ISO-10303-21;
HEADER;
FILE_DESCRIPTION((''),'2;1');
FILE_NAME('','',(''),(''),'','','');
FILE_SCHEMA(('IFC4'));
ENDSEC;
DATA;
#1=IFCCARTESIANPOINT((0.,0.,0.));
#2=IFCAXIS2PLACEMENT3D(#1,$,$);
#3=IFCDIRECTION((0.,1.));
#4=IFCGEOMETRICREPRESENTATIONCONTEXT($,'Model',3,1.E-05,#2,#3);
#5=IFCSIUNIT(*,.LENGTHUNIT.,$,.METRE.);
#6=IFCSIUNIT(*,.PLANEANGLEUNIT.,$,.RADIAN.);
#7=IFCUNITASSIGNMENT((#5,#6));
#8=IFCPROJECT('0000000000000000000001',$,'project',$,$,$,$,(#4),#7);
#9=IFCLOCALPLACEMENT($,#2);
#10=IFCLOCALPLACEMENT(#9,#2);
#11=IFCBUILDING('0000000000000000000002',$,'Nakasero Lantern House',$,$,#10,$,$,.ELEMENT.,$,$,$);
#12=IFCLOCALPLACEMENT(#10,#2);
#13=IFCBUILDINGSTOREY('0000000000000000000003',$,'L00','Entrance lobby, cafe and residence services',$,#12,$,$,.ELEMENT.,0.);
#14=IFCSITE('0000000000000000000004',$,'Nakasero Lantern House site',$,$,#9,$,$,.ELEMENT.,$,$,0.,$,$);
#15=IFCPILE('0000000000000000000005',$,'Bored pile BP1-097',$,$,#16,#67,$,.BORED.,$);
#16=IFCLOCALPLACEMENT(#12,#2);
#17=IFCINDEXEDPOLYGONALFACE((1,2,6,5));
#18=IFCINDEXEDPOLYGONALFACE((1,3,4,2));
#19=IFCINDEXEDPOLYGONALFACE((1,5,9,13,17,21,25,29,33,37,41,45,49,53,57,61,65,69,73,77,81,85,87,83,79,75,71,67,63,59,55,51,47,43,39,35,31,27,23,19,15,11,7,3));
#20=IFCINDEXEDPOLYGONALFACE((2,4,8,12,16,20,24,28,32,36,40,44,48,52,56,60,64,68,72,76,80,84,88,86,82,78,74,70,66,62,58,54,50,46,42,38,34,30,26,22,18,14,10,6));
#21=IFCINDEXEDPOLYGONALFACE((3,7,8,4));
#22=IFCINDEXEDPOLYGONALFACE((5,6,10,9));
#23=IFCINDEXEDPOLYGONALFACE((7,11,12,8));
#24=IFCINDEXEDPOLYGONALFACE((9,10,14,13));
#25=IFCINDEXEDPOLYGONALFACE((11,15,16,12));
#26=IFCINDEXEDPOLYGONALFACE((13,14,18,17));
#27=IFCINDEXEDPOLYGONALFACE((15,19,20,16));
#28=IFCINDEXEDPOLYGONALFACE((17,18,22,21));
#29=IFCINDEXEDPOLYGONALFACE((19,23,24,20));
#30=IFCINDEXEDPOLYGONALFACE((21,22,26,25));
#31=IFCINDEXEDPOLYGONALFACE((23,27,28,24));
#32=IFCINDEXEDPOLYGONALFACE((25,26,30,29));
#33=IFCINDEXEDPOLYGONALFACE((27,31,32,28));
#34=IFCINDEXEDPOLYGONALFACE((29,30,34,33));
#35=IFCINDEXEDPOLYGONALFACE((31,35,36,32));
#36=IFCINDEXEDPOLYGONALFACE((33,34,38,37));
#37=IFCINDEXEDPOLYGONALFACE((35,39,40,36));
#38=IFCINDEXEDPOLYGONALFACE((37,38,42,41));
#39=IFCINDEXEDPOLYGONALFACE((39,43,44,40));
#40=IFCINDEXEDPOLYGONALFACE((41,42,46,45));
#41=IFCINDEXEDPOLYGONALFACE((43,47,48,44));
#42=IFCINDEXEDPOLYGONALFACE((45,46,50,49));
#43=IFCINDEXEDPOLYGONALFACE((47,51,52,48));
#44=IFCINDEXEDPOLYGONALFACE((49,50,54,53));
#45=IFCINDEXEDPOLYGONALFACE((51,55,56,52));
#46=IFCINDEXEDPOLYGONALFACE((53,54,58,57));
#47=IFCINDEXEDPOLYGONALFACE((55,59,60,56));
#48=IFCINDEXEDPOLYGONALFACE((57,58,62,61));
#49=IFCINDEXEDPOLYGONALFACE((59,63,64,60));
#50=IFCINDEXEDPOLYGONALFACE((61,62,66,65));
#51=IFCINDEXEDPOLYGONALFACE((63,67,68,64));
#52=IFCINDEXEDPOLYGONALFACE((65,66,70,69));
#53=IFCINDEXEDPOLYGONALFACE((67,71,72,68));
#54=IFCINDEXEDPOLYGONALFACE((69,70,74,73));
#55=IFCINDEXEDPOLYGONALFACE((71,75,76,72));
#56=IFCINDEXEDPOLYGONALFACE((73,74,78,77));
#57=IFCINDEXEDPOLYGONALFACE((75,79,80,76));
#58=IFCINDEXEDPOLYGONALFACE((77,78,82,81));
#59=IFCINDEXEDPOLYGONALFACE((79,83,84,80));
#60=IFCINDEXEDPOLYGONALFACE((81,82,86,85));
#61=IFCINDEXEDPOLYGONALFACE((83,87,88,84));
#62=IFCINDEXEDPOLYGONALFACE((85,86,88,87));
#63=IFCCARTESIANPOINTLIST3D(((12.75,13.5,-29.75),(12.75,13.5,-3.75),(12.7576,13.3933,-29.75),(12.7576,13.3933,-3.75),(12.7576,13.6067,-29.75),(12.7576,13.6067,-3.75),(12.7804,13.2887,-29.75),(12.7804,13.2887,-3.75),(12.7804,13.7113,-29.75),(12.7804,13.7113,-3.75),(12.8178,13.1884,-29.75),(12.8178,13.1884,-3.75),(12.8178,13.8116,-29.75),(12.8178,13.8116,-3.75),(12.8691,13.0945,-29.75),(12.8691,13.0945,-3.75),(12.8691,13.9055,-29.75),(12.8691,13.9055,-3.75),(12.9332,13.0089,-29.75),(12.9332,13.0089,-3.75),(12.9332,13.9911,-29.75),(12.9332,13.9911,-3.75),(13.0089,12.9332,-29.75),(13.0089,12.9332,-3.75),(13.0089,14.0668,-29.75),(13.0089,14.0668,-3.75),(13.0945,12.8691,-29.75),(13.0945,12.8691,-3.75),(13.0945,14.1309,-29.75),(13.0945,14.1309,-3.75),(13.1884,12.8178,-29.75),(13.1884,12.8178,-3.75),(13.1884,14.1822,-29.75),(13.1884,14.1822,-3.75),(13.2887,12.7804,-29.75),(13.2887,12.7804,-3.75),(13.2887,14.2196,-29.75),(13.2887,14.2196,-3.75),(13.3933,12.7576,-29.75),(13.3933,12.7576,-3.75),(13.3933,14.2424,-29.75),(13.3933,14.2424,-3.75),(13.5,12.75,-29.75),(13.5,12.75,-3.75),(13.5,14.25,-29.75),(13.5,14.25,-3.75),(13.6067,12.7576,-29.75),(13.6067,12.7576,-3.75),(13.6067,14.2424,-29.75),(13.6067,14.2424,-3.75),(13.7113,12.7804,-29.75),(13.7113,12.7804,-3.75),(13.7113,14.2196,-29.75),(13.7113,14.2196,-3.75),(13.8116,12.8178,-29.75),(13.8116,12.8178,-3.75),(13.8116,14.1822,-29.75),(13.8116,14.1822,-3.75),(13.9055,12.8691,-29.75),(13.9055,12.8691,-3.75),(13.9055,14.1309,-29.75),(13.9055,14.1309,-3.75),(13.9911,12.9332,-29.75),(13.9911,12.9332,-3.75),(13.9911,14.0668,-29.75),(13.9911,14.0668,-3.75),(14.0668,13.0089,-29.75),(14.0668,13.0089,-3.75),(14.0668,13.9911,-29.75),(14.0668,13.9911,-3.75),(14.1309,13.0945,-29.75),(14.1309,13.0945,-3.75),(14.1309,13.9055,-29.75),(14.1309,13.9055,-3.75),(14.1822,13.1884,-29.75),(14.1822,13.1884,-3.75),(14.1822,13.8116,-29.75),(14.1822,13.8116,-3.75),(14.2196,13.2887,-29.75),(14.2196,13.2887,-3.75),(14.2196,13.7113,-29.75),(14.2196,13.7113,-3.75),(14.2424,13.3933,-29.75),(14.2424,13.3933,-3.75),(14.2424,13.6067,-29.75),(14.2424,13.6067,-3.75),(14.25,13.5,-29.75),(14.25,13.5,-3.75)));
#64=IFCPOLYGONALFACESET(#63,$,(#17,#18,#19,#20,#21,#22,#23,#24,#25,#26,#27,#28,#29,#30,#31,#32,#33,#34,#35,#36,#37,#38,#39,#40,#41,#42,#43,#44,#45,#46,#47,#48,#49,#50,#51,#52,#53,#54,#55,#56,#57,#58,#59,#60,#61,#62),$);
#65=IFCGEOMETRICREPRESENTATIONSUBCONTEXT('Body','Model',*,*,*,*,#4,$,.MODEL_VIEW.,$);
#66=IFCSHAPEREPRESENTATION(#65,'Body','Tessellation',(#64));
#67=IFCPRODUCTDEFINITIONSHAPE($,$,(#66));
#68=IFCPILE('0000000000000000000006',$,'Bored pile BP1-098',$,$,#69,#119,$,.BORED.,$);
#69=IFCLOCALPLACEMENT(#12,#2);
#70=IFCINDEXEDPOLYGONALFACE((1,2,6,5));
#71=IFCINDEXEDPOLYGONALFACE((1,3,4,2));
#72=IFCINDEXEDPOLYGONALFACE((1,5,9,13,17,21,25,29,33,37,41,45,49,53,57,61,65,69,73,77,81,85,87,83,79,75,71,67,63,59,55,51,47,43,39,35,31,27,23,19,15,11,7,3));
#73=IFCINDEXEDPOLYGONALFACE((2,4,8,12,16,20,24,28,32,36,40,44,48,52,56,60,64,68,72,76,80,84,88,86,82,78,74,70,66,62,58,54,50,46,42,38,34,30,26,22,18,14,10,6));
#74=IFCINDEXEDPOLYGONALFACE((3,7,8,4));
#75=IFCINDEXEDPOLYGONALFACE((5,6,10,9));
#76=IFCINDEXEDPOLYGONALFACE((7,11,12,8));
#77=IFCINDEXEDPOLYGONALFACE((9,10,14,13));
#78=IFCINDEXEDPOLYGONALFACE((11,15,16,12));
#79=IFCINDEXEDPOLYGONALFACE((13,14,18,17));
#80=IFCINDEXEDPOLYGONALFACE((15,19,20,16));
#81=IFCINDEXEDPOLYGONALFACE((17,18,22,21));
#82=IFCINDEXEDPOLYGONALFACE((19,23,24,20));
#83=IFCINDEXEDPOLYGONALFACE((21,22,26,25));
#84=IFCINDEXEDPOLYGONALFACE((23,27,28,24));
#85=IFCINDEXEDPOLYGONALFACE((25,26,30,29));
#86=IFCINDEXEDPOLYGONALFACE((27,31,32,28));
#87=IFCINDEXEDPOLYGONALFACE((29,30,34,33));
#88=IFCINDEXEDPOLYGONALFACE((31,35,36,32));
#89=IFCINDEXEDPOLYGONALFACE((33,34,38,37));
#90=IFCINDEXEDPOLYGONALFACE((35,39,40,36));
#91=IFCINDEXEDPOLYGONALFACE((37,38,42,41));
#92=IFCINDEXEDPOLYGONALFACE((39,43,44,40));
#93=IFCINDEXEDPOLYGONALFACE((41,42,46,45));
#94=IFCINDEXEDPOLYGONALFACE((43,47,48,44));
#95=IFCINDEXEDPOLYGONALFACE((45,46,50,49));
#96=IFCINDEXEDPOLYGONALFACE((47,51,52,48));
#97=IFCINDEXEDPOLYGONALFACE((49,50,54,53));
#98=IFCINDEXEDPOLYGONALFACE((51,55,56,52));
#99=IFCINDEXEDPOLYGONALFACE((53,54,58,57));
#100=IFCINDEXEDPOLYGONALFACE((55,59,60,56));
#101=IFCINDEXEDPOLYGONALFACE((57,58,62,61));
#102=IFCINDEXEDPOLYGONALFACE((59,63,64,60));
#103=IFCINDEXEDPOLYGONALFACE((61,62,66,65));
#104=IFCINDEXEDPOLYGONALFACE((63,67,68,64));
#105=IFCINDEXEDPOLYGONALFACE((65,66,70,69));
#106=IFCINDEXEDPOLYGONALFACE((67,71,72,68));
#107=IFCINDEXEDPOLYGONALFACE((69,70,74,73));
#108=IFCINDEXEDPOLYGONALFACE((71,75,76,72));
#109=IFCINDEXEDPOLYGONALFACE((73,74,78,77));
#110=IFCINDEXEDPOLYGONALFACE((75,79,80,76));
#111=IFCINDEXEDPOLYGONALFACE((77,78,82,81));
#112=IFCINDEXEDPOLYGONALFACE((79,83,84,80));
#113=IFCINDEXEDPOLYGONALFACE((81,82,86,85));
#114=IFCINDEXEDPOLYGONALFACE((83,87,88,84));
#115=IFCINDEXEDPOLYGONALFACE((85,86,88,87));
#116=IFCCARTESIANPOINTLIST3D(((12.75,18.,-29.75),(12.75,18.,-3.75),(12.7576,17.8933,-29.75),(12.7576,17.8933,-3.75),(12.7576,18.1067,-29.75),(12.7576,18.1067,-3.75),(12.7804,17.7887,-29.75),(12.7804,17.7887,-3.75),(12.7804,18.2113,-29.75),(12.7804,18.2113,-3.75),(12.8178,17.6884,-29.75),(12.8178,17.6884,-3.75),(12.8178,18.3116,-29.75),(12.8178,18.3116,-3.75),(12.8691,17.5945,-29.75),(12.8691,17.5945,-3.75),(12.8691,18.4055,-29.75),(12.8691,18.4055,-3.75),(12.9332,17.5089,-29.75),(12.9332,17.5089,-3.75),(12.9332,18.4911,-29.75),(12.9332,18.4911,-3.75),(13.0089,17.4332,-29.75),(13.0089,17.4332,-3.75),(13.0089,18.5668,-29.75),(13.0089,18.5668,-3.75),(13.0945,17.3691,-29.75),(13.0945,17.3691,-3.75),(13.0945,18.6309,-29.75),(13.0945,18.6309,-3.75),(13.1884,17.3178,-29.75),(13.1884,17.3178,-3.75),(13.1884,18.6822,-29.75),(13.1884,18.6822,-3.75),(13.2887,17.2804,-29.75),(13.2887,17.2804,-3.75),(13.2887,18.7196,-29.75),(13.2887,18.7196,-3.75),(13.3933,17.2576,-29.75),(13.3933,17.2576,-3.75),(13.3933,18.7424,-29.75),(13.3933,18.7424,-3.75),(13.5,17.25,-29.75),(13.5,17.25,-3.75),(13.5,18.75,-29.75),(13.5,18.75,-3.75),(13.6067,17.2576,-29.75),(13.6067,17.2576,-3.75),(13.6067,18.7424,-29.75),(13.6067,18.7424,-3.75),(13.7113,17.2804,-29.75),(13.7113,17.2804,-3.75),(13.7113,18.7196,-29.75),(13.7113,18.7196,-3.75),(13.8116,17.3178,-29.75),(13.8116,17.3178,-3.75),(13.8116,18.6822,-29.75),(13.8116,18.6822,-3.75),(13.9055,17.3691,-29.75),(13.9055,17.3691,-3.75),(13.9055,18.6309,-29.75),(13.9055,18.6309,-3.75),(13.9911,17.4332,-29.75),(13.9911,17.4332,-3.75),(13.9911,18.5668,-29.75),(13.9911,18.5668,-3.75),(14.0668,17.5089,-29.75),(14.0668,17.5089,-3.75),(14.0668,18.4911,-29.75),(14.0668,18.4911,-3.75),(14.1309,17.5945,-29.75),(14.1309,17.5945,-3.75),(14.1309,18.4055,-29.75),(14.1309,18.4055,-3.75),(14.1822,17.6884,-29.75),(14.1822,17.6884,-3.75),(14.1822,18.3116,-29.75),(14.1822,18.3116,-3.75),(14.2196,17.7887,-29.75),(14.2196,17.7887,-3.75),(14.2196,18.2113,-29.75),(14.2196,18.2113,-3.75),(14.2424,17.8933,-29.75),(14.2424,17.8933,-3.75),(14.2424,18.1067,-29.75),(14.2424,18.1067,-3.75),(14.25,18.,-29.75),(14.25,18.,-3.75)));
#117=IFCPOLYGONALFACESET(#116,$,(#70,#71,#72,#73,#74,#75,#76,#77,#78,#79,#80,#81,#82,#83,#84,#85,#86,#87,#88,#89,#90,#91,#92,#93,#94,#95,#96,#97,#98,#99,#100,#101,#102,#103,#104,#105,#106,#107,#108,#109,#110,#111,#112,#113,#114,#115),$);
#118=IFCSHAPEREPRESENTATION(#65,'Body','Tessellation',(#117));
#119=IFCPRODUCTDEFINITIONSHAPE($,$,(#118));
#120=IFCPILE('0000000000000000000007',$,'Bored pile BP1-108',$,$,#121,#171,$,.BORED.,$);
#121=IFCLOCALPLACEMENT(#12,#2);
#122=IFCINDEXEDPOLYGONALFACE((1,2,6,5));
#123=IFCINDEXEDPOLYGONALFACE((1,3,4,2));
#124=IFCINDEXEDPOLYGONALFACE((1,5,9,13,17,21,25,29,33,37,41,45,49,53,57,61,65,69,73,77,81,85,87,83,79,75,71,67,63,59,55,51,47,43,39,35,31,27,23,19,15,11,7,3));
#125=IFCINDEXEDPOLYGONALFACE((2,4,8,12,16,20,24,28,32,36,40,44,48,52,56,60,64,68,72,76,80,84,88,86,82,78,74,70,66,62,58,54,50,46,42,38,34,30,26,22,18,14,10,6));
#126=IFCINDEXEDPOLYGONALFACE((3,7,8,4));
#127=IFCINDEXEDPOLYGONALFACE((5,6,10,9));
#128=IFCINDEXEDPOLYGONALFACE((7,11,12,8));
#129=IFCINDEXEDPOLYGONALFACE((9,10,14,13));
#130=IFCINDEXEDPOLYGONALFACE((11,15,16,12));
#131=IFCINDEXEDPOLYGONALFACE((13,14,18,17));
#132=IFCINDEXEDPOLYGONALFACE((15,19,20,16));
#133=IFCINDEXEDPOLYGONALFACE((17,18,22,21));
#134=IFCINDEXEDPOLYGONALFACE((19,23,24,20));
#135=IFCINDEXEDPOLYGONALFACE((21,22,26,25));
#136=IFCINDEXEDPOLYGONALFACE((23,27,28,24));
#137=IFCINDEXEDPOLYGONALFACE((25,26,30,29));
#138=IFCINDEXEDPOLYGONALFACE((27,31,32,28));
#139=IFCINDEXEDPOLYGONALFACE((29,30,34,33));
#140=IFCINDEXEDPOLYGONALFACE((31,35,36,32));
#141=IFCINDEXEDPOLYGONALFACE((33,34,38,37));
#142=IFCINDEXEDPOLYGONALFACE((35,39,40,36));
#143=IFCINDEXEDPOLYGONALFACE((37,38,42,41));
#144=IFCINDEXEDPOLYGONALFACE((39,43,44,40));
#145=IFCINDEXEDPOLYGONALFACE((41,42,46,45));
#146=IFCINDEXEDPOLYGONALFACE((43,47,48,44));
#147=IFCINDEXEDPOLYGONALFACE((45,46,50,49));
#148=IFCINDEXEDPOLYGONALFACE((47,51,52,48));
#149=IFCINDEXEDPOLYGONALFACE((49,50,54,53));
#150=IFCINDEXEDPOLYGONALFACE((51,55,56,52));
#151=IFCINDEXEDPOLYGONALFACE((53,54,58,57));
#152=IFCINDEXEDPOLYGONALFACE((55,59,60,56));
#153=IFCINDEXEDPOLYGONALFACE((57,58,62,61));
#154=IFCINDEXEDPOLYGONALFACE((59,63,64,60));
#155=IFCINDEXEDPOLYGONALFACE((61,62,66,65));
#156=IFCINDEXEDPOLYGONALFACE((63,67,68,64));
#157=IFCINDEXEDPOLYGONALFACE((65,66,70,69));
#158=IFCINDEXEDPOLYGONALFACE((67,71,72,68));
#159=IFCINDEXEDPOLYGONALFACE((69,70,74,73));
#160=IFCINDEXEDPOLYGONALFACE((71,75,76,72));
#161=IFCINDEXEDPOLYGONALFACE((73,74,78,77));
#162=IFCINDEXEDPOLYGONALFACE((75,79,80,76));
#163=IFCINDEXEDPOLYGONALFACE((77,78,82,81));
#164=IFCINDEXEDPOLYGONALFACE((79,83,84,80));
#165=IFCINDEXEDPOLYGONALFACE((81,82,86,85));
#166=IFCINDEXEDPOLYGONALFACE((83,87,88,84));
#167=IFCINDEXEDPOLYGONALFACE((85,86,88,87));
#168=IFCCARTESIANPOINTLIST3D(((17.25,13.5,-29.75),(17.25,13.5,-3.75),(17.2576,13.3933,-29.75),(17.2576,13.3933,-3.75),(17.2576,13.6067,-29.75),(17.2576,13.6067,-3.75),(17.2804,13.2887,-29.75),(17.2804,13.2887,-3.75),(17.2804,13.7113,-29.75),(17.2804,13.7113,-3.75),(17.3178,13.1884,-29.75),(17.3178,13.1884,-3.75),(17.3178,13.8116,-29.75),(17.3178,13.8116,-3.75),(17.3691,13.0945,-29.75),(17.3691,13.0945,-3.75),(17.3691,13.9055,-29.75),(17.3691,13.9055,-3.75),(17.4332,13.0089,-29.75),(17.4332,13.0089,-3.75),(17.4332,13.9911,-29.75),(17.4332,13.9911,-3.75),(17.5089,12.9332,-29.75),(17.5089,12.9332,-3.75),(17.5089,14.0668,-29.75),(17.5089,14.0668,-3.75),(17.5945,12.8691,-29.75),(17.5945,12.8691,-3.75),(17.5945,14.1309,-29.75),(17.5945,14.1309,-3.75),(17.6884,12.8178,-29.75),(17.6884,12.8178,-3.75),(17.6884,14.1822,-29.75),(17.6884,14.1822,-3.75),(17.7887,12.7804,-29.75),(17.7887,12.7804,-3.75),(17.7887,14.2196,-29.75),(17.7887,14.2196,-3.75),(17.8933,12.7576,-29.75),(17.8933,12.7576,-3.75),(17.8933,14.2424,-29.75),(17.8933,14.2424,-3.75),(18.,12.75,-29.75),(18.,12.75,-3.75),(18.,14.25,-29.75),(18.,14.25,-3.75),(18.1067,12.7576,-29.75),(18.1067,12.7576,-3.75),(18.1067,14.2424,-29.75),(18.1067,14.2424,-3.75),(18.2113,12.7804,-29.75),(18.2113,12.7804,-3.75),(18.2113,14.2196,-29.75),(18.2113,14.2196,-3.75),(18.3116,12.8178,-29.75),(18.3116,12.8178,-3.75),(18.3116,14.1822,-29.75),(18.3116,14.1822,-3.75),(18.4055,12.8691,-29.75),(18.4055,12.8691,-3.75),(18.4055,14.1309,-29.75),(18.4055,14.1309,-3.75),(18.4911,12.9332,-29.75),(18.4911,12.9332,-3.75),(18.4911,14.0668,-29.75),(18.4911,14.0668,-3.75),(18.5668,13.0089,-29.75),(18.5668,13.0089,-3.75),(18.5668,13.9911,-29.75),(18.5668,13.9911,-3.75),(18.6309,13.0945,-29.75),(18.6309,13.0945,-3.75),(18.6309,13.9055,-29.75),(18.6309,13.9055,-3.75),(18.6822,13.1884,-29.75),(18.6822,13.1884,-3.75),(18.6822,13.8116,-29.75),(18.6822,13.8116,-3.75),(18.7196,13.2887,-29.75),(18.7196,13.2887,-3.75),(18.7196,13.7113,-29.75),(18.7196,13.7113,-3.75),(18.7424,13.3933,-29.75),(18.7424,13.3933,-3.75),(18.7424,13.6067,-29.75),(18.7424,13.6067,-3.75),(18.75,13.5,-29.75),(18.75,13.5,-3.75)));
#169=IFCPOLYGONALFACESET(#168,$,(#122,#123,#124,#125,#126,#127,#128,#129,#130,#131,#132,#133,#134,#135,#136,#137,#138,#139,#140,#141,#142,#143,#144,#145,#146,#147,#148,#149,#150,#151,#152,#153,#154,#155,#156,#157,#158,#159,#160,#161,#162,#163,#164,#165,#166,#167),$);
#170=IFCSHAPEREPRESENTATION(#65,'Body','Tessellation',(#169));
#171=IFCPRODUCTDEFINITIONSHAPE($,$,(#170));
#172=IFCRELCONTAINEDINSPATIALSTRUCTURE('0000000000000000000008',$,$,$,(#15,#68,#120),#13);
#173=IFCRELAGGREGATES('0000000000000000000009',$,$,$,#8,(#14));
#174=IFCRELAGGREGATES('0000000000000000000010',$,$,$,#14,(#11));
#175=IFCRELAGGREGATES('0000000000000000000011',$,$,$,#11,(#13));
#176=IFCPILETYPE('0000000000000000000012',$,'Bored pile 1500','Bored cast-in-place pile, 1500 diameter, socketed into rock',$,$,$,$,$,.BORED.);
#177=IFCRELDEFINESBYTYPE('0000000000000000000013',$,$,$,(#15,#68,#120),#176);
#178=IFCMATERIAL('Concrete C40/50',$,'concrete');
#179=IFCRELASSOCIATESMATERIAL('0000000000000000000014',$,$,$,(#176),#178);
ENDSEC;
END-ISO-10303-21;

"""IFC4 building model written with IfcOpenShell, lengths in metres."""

from ifc_helpers import new_model, si_unit, direction, frame, origin, origin_2d, place, context, subcontext, project, spatial, circle, extrude, material, type_object, element, save


model = new_model("IFC4")

# Units and contexts
model_context = context("Model", 3, precision=1e-05, world=origin(), true_north=direction((0.0, 1.0)))
body_context = subcontext(model_context, "Body", "Model", "MODEL_VIEW")
ifc_project = project(units=[si_unit("LENGTHUNIT", "METRE"), si_unit("PLANEANGLEUNIT", "RADIAN")], contexts=[model_context])

# Site, building, storey
site_placement = place(None, origin())
site = spatial("IfcSite", under=ifc_project, at=site_placement, Name="Nakasero Lantern House site", CompositionType="ELEMENT", RefElevation=0.0)
building_placement = place(site_placement, origin())
building = spatial("IfcBuilding", under=site, at=building_placement, Name="Nakasero Lantern House", CompositionType="ELEMENT")
storey_placement = place(building_placement, origin())
storey = spatial("IfcBuildingStorey", under=building, at=storey_placement, Name="L00", Description="Entrance lobby, cafe and residence services", CompositionType="ELEMENT", Elevation=0.0)

# Piles
ifc_material_1 = material(Name="Concrete C40/50", Category="concrete")
pile_type = type_object("IfcPileType", Name="Bored pile 1500", Description="Bored cast-in-place pile, 1500 diameter, socketed into rock", PredefinedType="BORED", material=ifc_material_1)
for number, where, z_axis, x_axis, name in (
    (1, (13.5, 13.5, -3.75), (0.0, 0.0, -1.0), (1.0, 0.0, 0.0), "Bored pile BP1-097"),
    (2, (13.5, 18.0, -3.75), (0.0, 0.0, -1.0), (1.0, 0.0, 0.0), "Bored pile BP1-098"),
    (3, (18.0, 13.5, -3.75), (0.0, 0.0, -1.0), (1.0, 0.0, 0.0), "Bored pile BP1-108"),
):
    element("IfcPile", number, at=place(storey_placement, frame(where, z_axis=z_axis, x_axis=x_axis)), inside=storey, type_object=pile_type, Name=name, PredefinedType="BORED", context=body_context, shape_type="SweptSolid", body=[
        extrude(circle(Radius=0.75, at=origin_2d()), origin(), (0.0, 0.0, 1.0), 26.0),
    ])

save(model, "model.ifc")
